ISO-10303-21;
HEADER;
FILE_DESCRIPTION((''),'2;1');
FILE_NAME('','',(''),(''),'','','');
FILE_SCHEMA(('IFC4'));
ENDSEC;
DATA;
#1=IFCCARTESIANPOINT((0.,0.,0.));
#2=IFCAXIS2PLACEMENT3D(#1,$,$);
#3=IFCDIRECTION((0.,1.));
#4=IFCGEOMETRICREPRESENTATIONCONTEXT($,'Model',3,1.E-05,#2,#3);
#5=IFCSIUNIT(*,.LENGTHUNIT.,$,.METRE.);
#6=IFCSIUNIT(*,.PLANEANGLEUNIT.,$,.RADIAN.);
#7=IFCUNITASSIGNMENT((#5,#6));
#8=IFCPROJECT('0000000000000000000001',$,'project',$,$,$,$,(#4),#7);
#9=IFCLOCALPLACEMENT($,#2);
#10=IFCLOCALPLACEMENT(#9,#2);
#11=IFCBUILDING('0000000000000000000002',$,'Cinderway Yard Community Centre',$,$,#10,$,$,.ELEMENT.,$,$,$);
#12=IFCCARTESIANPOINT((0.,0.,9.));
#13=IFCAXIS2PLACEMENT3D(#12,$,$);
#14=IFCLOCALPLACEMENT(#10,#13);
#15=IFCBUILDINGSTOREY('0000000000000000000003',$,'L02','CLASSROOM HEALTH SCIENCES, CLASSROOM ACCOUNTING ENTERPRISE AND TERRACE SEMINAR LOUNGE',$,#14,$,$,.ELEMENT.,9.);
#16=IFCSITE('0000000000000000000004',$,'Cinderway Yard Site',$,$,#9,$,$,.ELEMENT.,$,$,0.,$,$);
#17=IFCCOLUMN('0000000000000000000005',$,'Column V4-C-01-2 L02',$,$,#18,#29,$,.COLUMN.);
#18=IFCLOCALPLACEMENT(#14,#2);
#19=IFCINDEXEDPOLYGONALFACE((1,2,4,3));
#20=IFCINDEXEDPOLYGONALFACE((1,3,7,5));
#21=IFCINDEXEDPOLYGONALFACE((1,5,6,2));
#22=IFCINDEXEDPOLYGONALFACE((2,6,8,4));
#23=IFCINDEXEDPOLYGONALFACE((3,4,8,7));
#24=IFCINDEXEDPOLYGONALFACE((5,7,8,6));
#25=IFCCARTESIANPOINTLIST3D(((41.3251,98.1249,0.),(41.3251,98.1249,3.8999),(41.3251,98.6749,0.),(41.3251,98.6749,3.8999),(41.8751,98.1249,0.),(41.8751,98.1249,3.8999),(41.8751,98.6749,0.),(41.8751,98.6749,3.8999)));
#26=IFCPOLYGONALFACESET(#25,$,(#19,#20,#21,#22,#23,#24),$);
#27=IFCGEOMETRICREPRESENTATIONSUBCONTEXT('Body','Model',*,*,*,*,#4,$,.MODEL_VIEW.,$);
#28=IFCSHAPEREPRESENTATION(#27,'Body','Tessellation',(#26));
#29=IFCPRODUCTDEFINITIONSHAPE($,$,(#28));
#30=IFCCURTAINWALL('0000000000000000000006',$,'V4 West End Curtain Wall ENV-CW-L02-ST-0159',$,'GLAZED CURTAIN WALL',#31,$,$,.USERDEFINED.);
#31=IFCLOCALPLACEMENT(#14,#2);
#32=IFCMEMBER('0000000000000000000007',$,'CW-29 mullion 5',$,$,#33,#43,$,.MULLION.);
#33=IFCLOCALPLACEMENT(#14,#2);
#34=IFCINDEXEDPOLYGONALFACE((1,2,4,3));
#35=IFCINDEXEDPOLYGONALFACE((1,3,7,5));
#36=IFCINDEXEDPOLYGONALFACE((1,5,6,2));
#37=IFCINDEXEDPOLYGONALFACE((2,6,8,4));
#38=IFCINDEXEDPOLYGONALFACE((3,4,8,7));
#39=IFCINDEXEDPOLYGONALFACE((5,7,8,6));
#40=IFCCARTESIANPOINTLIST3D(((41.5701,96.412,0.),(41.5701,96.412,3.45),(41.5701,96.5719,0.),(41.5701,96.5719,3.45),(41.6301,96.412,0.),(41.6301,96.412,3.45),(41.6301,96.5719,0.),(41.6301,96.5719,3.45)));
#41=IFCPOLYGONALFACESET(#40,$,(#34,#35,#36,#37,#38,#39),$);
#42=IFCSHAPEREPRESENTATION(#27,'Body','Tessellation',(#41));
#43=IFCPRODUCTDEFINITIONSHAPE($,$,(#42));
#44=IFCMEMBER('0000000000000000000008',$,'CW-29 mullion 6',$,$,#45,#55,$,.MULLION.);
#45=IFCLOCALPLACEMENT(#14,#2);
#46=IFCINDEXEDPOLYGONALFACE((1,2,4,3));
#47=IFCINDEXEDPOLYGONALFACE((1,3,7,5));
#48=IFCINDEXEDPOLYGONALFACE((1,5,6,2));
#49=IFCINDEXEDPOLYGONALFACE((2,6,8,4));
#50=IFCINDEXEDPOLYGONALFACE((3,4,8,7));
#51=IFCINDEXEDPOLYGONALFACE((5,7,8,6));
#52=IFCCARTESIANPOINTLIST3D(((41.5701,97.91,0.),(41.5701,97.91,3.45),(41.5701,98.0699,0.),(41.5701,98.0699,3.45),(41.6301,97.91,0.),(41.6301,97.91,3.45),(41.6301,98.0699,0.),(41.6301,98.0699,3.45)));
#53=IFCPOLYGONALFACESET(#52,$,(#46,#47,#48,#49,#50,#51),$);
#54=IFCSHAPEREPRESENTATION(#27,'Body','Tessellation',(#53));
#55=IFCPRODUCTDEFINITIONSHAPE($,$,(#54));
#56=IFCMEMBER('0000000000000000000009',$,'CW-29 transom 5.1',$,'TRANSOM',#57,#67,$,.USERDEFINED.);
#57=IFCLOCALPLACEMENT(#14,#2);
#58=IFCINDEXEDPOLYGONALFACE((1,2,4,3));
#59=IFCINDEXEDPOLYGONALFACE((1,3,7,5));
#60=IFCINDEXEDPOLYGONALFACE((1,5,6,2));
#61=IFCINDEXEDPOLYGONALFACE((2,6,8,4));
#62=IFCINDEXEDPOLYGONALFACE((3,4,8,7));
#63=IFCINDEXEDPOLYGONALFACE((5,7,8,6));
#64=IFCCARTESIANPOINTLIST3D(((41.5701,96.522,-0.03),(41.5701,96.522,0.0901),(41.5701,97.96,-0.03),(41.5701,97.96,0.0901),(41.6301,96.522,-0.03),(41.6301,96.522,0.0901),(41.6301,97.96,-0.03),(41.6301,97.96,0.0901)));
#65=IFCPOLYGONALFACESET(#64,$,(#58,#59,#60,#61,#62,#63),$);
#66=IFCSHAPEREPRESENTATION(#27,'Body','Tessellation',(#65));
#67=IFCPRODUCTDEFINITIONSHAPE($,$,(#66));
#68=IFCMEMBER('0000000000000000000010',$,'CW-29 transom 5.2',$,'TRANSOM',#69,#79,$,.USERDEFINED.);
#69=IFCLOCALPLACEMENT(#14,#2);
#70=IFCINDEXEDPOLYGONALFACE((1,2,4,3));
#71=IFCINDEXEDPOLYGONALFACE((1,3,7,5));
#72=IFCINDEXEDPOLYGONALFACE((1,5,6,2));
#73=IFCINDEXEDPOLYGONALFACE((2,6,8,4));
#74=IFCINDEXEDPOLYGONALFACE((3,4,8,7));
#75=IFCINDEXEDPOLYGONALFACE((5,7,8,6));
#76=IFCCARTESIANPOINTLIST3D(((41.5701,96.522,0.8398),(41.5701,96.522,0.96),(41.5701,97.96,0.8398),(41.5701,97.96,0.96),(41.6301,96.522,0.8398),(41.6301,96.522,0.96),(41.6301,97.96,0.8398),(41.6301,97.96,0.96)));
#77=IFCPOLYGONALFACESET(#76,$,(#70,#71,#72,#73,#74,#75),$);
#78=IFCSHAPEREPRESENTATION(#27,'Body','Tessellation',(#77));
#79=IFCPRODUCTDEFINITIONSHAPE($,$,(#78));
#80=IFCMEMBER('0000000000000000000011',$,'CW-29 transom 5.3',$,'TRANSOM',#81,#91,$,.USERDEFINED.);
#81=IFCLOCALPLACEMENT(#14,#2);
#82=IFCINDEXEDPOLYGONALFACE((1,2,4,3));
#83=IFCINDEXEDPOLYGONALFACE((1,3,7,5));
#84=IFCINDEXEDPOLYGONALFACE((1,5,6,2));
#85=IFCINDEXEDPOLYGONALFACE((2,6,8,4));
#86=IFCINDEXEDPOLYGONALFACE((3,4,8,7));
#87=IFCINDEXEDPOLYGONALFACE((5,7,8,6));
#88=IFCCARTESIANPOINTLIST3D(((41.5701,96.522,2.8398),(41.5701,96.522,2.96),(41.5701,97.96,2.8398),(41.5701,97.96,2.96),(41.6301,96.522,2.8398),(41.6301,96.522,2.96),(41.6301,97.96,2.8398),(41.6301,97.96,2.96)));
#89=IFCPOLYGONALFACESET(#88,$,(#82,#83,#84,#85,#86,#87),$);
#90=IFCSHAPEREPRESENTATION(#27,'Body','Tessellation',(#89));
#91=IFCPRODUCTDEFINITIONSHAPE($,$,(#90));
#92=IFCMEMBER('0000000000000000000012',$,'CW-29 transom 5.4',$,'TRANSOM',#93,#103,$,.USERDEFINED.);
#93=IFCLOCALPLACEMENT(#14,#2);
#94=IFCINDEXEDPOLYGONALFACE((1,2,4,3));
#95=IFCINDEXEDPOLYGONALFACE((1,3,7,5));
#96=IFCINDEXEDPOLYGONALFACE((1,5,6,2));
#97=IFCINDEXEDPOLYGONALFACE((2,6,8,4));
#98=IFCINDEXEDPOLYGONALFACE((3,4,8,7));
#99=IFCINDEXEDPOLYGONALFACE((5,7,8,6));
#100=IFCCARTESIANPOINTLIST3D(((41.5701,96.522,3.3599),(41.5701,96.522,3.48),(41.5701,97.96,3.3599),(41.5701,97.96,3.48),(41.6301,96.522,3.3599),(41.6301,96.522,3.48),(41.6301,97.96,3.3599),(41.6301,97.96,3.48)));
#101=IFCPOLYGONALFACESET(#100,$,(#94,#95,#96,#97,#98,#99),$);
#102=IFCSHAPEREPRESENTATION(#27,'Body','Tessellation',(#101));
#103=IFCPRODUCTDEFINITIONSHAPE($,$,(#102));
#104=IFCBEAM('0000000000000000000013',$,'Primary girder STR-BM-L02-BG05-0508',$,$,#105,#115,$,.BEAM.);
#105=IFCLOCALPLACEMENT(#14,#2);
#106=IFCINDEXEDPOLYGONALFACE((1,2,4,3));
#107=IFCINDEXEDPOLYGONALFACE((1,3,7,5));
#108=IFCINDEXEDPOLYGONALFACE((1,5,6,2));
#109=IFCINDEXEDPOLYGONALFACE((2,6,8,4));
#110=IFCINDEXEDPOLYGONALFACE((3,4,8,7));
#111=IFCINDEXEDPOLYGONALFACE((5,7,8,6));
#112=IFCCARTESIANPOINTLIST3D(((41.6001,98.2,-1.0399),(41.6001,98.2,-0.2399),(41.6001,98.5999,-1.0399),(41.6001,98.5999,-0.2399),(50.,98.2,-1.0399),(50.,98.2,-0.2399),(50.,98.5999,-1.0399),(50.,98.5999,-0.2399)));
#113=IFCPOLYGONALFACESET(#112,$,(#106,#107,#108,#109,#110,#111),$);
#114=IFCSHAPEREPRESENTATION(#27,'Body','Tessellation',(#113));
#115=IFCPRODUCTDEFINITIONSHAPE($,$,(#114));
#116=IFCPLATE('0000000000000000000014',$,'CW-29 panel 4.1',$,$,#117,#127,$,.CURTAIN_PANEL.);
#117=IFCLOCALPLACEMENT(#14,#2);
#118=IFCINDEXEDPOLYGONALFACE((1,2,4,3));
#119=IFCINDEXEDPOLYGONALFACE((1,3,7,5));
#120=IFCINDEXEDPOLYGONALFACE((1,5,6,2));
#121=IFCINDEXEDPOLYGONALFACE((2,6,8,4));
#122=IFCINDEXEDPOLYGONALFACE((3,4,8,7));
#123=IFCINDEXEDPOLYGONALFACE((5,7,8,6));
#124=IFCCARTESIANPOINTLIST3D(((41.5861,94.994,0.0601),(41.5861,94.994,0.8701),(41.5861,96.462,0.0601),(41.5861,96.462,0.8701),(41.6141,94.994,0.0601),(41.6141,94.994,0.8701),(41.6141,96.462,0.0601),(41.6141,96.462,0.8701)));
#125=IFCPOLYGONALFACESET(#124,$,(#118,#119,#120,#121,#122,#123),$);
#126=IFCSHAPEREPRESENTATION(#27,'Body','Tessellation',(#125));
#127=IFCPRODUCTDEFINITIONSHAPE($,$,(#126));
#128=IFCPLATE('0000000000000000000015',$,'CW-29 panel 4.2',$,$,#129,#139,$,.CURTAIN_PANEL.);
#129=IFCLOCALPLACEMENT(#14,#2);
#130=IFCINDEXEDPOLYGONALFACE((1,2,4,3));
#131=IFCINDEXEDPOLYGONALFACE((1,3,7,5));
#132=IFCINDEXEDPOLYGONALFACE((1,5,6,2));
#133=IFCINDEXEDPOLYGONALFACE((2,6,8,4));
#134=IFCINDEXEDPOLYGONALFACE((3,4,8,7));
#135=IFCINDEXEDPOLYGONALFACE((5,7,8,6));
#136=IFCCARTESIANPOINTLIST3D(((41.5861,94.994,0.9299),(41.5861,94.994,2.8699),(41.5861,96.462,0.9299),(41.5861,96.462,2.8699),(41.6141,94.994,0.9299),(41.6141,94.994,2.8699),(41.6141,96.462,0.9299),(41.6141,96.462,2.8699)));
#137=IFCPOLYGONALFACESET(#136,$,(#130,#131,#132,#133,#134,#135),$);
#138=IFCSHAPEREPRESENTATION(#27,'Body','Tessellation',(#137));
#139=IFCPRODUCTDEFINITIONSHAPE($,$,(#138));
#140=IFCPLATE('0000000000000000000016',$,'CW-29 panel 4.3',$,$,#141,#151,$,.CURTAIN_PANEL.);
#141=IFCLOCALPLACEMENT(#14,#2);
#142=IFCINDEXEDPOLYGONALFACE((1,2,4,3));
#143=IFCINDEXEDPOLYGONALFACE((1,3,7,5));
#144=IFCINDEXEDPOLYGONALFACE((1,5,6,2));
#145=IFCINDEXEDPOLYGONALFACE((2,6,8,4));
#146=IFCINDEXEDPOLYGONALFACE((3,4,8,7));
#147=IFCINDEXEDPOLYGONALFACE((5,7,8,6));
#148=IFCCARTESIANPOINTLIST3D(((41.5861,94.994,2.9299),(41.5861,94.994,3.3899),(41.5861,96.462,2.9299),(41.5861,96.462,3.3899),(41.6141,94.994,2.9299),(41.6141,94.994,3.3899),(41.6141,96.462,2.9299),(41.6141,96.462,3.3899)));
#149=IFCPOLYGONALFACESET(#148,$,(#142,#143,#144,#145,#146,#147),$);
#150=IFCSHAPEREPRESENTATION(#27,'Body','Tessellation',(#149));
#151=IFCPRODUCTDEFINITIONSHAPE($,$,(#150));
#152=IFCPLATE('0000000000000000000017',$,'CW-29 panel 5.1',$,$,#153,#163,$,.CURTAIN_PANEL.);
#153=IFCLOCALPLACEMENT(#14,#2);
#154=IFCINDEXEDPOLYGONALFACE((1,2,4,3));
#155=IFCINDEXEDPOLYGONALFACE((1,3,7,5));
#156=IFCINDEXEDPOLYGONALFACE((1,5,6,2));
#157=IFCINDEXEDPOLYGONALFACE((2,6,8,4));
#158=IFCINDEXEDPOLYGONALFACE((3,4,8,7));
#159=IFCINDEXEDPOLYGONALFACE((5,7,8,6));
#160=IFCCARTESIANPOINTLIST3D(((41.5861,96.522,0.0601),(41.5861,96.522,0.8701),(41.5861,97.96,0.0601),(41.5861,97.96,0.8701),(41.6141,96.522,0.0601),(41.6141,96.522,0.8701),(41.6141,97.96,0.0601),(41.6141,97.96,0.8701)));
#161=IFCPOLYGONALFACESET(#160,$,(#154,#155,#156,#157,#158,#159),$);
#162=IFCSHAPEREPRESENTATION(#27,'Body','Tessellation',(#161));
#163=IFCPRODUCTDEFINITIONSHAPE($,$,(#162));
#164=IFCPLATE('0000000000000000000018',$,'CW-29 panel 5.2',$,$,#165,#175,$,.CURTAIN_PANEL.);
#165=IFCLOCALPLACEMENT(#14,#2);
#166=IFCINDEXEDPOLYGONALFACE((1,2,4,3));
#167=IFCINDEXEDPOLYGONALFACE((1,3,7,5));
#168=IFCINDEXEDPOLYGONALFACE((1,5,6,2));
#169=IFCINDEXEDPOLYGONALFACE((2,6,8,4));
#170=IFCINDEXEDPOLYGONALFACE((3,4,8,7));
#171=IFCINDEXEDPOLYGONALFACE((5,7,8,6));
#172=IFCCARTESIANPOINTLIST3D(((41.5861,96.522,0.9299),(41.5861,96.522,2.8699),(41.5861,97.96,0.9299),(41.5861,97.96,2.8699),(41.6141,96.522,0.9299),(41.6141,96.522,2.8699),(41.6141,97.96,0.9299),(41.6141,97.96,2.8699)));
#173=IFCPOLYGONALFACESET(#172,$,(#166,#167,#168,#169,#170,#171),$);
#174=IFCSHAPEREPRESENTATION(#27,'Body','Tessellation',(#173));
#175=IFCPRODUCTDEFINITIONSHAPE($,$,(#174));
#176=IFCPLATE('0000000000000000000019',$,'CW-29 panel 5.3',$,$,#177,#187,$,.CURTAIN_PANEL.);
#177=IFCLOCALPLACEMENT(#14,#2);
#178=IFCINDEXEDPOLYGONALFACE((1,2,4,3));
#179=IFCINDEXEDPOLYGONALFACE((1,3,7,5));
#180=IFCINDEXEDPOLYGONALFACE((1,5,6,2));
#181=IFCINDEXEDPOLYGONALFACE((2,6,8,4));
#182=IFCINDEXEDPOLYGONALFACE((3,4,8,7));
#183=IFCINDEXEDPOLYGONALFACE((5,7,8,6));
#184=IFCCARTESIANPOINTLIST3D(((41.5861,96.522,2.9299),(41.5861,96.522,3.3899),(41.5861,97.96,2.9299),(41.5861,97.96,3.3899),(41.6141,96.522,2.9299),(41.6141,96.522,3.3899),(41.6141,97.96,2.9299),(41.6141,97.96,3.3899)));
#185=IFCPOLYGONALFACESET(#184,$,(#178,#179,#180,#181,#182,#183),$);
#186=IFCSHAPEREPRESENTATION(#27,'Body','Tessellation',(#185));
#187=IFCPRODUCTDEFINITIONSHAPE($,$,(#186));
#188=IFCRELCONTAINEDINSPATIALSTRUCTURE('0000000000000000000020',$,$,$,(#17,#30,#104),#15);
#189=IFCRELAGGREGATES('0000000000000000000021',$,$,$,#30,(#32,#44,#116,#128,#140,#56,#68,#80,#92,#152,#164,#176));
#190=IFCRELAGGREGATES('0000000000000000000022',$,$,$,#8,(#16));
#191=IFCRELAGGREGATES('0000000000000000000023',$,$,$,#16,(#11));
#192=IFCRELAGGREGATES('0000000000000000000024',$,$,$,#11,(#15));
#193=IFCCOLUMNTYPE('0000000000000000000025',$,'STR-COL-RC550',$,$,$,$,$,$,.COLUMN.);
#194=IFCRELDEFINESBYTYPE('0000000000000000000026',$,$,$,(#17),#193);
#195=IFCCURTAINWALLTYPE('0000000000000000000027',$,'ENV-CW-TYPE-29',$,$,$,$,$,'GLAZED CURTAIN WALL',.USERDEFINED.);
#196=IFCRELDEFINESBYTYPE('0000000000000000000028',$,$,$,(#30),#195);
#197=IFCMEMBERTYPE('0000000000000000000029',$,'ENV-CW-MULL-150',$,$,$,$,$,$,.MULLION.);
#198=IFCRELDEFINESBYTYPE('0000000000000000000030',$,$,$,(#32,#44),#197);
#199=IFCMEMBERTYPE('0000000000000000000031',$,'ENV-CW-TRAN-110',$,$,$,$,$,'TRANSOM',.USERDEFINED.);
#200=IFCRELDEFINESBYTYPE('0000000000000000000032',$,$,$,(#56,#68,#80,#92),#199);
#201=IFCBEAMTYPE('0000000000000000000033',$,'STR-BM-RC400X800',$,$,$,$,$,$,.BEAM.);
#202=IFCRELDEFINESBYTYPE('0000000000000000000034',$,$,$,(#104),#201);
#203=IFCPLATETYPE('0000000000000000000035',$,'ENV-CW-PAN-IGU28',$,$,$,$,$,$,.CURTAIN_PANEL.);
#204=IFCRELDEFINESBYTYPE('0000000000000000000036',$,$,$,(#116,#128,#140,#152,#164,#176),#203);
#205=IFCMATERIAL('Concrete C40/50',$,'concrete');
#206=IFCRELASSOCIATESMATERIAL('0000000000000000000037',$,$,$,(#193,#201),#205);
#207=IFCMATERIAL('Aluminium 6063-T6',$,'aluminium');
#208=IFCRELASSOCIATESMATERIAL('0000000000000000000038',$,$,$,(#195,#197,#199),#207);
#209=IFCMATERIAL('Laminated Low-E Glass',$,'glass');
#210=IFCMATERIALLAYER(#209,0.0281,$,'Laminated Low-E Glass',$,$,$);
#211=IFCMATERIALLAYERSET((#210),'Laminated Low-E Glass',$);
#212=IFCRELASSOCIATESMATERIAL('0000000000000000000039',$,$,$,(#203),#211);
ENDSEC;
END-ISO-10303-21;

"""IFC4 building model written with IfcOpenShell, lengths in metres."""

from ifc_helpers import new_model, si_unit, direction, frame, origin, origin_2d, place, context, subcontext, project, spatial, rectangle, extrude, material, layer, layer_set, material_profile, profile_set, type_object, element, aggregate, save


model = new_model("IFC4")

# Units and contexts
model_context = context("Model", 3, precision=1e-05, world=origin(), true_north=direction((0.0, 1.0)))
body_context = subcontext(model_context, "Body", "Model", "MODEL_VIEW")
ifc_project = project(units=[si_unit("LENGTHUNIT", "METRE"), si_unit("PLANEANGLEUNIT", "RADIAN")], contexts=[model_context])

# Site, building, storey
site_placement = place(None, origin())
site = spatial("IfcSite", under=ifc_project, at=site_placement, Name="Cinderway Yard Site", CompositionType="ELEMENT", RefElevation=0.0)
building_placement = place(site_placement, origin())
building = spatial("IfcBuilding", under=site, at=building_placement, Name="Cinderway Yard Community Centre", CompositionType="ELEMENT")
storey_placement = place(building_placement, frame((0.0, 0.0, 9.0)))
storey = spatial("IfcBuildingStorey", under=building, at=storey_placement, Name="L02", Description="CLASSROOM HEALTH SCIENCES, CLASSROOM ACCOUNTING ENTERPRISE AND TERRACE SEMINAR LOUNGE", CompositionType="ELEMENT", Elevation=9.0)

# Column
ifc_material_1 = material(Name="Concrete C40/50", Category="concrete")
ifc_material_profile_1 = material_profile(ifc_material_1, rectangle(XDim=0.55, YDim=0.55, at=origin_2d()), Name="Concrete C40/50")
ifc_profile_set_1 = profile_set([ifc_material_profile_1], Name="Concrete C40/50")
column_type = type_object("IfcColumnType", Name="STR-COL-RC550", PredefinedType="COLUMN", material=ifc_profile_set_1)
column_placement = place(storey_placement, frame((41.6001, 98.3999, 0.0), z_axis=(0.0, 0.0, 1.0), x_axis=(1.0, 0.0, 0.0)))
element("IfcColumn", 1, at=column_placement, inside=storey, type_object=column_type, Name="Column V4-C-01-2 L02", PredefinedType="COLUMN", context=body_context, shape_type="SweptSolid", body=[
    extrude(rectangle(XDim=0.55, YDim=0.55, at=origin_2d()), origin(), (0.0, 0.0, 1.0), 3.8999),
])

# Curtain wall, members
ifc_material_2 = material(Name="Aluminium 6063-T6", Category="aluminium")
curtain_wall_type = type_object("IfcCurtainWallType", Name="ENV-CW-TYPE-29", ElementType="GLAZED CURTAIN WALL", PredefinedType="USERDEFINED", material=ifc_material_2)
curtain_wall_placement = place(storey_placement, origin())
curtain_wall = element("IfcCurtainWall", 2, at=curtain_wall_placement, inside=storey, type_object=curtain_wall_type, Name="V4 West End Curtain Wall ENV-CW-L02-ST-0159", ObjectType="GLAZED CURTAIN WALL", PredefinedType="USERDEFINED")
ifc_material_profile_2 = material_profile(ifc_material_2, rectangle(XDim=0.0601, YDim=0.1599, at=origin_2d()), Name="Aluminium 6063-T6")
ifc_profile_set_2 = profile_set([ifc_material_profile_2], Name="Aluminium 6063-T6")
member_type_1 = type_object("IfcMemberType", Name="ENV-CW-MULL-150", PredefinedType="MULLION", material=ifc_profile_set_2)
member_1_placement = place(storey_placement, frame((41.6001, 96.4919, 0.0), z_axis=(0.0, 0.0, 1.0), x_axis=(-1.0, 0.0, 0.0)))
member_1 = element("IfcMember", 3, at=member_1_placement, type_object=member_type_1, Name="CW-29 mullion 5", PredefinedType="MULLION", context=body_context, shape_type="SweptSolid", body=[
    extrude(rectangle(XDim=0.0601, YDim=0.1599, at=origin_2d()), origin(), (0.0, 0.0, 1.0), 3.45),
])
member_2_placement = place(storey_placement, frame((41.6001, 97.99, 0.0), z_axis=(0.0, 0.0, 1.0), x_axis=(-1.0, 0.0, 0.0)))
member_2 = element("IfcMember", 4, at=member_2_placement, type_object=member_type_1, Name="CW-29 mullion 6", PredefinedType="MULLION", context=body_context, shape_type="SweptSolid", body=[
    extrude(rectangle(XDim=0.0601, YDim=0.1599, at=origin_2d()), origin(), (0.0, 0.0, 1.0), 3.45),
])
ifc_material_profile_3 = material_profile(ifc_material_2, rectangle(XDim=0.0601, YDim=0.1201, at=origin_2d()), Name="Aluminium 6063-T6")
ifc_profile_set_3 = profile_set([ifc_material_profile_3], Name="Aluminium 6063-T6")
member_type_2 = type_object("IfcMemberType", Name="ENV-CW-TRAN-110", ElementType="TRANSOM", PredefinedType="USERDEFINED", material=ifc_profile_set_3)
member_3_placement = place(storey_placement, frame((41.6001, 96.522, 0.03), z_axis=(0.0, 1.0, 0.0), x_axis=(-1.0, 0.0, 0.0)))
member_3 = element("IfcMember", 5, at=member_3_placement, type_object=member_type_2, Name="CW-29 transom 5.1", ObjectType="TRANSOM", PredefinedType="USERDEFINED", context=body_context, shape_type="SweptSolid", body=[
    extrude(rectangle(XDim=0.0601, YDim=0.1201, at=origin_2d()), origin(), (0.0, 0.0, 1.0), 1.438),
])
member_4_placement = place(storey_placement, frame((41.6001, 96.522, 0.8999), z_axis=(0.0, 1.0, 0.0), x_axis=(-1.0, 0.0, 0.0)))
member_4 = element("IfcMember", 6, at=member_4_placement, type_object=member_type_2, Name="CW-29 transom 5.2", ObjectType="TRANSOM", PredefinedType="USERDEFINED", context=body_context, shape_type="SweptSolid", body=[
    extrude(rectangle(XDim=0.0601, YDim=0.1201, at=origin_2d()), origin(), (0.0, 0.0, 1.0), 1.438),
])
member_5_placement = place(storey_placement, frame((41.6001, 96.522, 2.8999), z_axis=(0.0, 1.0, 0.0), x_axis=(-1.0, 0.0, 0.0)))
member_5 = element("IfcMember", 7, at=member_5_placement, type_object=member_type_2, Name="CW-29 transom 5.3", ObjectType="TRANSOM", PredefinedType="USERDEFINED", context=body_context, shape_type="SweptSolid", body=[
    extrude(rectangle(XDim=0.0601, YDim=0.1201, at=origin_2d()), origin(), (0.0, 0.0, 1.0), 1.438),
])
member_6_placement = place(storey_placement, frame((41.6001, 96.522, 3.4199), z_axis=(0.0, 1.0, 0.0), x_axis=(-1.0, 0.0, 0.0)))
member_6 = element("IfcMember", 8, at=member_6_placement, type_object=member_type_2, Name="CW-29 transom 5.4", ObjectType="TRANSOM", PredefinedType="USERDEFINED", context=body_context, shape_type="SweptSolid", body=[
    extrude(rectangle(XDim=0.0601, YDim=0.1201, at=origin_2d()), origin(), (0.0, 0.0, 1.0), 1.438),
])

# Beam
ifc_material_profile_4 = material_profile(ifc_material_1, rectangle(XDim=0.3999, YDim=0.8, at=origin_2d()), Name="Concrete C40/50")
ifc_profile_set_4 = profile_set([ifc_material_profile_4], Name="Concrete C40/50")
beam_type = type_object("IfcBeamType", Name="STR-BM-RC400X800", PredefinedType="BEAM", material=ifc_profile_set_4)
beam_placement = place(storey_placement, frame((41.6001, 98.3999, -0.6399), z_axis=(1.0, 0.0, 0.0), x_axis=(0.0, 1.0, 0.0)))
element("IfcBeam", 9, at=beam_placement, inside=storey, type_object=beam_type, Name="Primary girder STR-BM-L02-BG05-0508", PredefinedType="BEAM", context=body_context, shape_type="SweptSolid", body=[
    extrude(rectangle(XDim=0.3999, YDim=0.8, at=origin_2d()), origin(), (0.0, 0.0, 1.0), 8.3999),
])

# Plates
ifc_material_3 = material(Name="Laminated Low-E Glass", Category="glass")
ifc_layer = layer(ifc_material_3, 0.0281, Name="Laminated Low-E Glass")
ifc_layer_set = layer_set([ifc_layer], Name="Laminated Low-E Glass")
plate_type = type_object("IfcPlateType", Name="ENV-CW-PAN-IGU28", PredefinedType="CURTAIN_PANEL", material=ifc_layer_set)
plate_1_placement = place(storey_placement, frame((41.6001, 95.728, 0.0601), z_axis=(0.0, 0.0, 1.0), x_axis=(0.0, 1.0, 0.0)))
plate_1 = element("IfcPlate", 10, at=plate_1_placement, type_object=plate_type, Name="CW-29 panel 4.1", PredefinedType="CURTAIN_PANEL", context=body_context, shape_type="SweptSolid", body=[
    extrude(rectangle(XDim=1.468, YDim=0.0281, at=origin_2d()), origin(), (0.0, 0.0, 1.0), 0.8101),
])
plate_2_placement = place(storey_placement, frame((41.6001, 95.728, 0.9299), z_axis=(0.0, 0.0, 1.0), x_axis=(0.0, 1.0, 0.0)))
plate_2 = element("IfcPlate", 11, at=plate_2_placement, type_object=plate_type, Name="CW-29 panel 4.2", PredefinedType="CURTAIN_PANEL", context=body_context, shape_type="SweptSolid", body=[
    extrude(rectangle(XDim=1.468, YDim=0.0281, at=origin_2d()), origin(), (0.0, 0.0, 1.0), 1.9399),
])
plate_3_placement = place(storey_placement, frame((41.6001, 95.728, 2.9299), z_axis=(0.0, 0.0, 1.0), x_axis=(0.0, 1.0, 0.0)))
plate_3 = element("IfcPlate", 12, at=plate_3_placement, type_object=plate_type, Name="CW-29 panel 4.3", PredefinedType="CURTAIN_PANEL", context=body_context, shape_type="SweptSolid", body=[
    extrude(rectangle(XDim=1.468, YDim=0.0281, at=origin_2d()), origin(), (0.0, 0.0, 1.0), 0.46),
])
plate_4_placement = place(storey_placement, frame((41.6001, 97.241, 0.0601), z_axis=(0.0, 0.0, 1.0), x_axis=(0.0, 1.0, 0.0)))
plate_4 = element("IfcPlate", 13, at=plate_4_placement, type_object=plate_type, Name="CW-29 panel 5.1", PredefinedType="CURTAIN_PANEL", context=body_context, shape_type="SweptSolid", body=[
    extrude(rectangle(XDim=1.438, YDim=0.0281, at=origin_2d()), origin(), (0.0, 0.0, 1.0), 0.8101),
])
plate_5_placement = place(storey_placement, frame((41.6001, 97.241, 0.9299), z_axis=(0.0, 0.0, 1.0), x_axis=(0.0, 1.0, 0.0)))
plate_5 = element("IfcPlate", 14, at=plate_5_placement, type_object=plate_type, Name="CW-29 panel 5.2", PredefinedType="CURTAIN_PANEL", context=body_context, shape_type="SweptSolid", body=[
    extrude(rectangle(XDim=1.438, YDim=0.0281, at=origin_2d()), origin(), (0.0, 0.0, 1.0), 1.9399),
])
plate_6_placement = place(storey_placement, frame((41.6001, 97.241, 2.9299), z_axis=(0.0, 0.0, 1.0), x_axis=(0.0, 1.0, 0.0)))
plate_6 = element("IfcPlate", 15, at=plate_6_placement, type_object=plate_type, Name="CW-29 panel 5.3", PredefinedType="CURTAIN_PANEL", context=body_context, shape_type="SweptSolid", body=[
    extrude(rectangle(XDim=1.438, YDim=0.0281, at=origin_2d()), origin(), (0.0, 0.0, 1.0), 0.46),
])
aggregate(curtain_wall, [member_1, member_2, plate_1, plate_2, plate_3, member_3, member_4, member_5, member_6, plate_4, plate_5, plate_6])

save(model, "model.ifc")
